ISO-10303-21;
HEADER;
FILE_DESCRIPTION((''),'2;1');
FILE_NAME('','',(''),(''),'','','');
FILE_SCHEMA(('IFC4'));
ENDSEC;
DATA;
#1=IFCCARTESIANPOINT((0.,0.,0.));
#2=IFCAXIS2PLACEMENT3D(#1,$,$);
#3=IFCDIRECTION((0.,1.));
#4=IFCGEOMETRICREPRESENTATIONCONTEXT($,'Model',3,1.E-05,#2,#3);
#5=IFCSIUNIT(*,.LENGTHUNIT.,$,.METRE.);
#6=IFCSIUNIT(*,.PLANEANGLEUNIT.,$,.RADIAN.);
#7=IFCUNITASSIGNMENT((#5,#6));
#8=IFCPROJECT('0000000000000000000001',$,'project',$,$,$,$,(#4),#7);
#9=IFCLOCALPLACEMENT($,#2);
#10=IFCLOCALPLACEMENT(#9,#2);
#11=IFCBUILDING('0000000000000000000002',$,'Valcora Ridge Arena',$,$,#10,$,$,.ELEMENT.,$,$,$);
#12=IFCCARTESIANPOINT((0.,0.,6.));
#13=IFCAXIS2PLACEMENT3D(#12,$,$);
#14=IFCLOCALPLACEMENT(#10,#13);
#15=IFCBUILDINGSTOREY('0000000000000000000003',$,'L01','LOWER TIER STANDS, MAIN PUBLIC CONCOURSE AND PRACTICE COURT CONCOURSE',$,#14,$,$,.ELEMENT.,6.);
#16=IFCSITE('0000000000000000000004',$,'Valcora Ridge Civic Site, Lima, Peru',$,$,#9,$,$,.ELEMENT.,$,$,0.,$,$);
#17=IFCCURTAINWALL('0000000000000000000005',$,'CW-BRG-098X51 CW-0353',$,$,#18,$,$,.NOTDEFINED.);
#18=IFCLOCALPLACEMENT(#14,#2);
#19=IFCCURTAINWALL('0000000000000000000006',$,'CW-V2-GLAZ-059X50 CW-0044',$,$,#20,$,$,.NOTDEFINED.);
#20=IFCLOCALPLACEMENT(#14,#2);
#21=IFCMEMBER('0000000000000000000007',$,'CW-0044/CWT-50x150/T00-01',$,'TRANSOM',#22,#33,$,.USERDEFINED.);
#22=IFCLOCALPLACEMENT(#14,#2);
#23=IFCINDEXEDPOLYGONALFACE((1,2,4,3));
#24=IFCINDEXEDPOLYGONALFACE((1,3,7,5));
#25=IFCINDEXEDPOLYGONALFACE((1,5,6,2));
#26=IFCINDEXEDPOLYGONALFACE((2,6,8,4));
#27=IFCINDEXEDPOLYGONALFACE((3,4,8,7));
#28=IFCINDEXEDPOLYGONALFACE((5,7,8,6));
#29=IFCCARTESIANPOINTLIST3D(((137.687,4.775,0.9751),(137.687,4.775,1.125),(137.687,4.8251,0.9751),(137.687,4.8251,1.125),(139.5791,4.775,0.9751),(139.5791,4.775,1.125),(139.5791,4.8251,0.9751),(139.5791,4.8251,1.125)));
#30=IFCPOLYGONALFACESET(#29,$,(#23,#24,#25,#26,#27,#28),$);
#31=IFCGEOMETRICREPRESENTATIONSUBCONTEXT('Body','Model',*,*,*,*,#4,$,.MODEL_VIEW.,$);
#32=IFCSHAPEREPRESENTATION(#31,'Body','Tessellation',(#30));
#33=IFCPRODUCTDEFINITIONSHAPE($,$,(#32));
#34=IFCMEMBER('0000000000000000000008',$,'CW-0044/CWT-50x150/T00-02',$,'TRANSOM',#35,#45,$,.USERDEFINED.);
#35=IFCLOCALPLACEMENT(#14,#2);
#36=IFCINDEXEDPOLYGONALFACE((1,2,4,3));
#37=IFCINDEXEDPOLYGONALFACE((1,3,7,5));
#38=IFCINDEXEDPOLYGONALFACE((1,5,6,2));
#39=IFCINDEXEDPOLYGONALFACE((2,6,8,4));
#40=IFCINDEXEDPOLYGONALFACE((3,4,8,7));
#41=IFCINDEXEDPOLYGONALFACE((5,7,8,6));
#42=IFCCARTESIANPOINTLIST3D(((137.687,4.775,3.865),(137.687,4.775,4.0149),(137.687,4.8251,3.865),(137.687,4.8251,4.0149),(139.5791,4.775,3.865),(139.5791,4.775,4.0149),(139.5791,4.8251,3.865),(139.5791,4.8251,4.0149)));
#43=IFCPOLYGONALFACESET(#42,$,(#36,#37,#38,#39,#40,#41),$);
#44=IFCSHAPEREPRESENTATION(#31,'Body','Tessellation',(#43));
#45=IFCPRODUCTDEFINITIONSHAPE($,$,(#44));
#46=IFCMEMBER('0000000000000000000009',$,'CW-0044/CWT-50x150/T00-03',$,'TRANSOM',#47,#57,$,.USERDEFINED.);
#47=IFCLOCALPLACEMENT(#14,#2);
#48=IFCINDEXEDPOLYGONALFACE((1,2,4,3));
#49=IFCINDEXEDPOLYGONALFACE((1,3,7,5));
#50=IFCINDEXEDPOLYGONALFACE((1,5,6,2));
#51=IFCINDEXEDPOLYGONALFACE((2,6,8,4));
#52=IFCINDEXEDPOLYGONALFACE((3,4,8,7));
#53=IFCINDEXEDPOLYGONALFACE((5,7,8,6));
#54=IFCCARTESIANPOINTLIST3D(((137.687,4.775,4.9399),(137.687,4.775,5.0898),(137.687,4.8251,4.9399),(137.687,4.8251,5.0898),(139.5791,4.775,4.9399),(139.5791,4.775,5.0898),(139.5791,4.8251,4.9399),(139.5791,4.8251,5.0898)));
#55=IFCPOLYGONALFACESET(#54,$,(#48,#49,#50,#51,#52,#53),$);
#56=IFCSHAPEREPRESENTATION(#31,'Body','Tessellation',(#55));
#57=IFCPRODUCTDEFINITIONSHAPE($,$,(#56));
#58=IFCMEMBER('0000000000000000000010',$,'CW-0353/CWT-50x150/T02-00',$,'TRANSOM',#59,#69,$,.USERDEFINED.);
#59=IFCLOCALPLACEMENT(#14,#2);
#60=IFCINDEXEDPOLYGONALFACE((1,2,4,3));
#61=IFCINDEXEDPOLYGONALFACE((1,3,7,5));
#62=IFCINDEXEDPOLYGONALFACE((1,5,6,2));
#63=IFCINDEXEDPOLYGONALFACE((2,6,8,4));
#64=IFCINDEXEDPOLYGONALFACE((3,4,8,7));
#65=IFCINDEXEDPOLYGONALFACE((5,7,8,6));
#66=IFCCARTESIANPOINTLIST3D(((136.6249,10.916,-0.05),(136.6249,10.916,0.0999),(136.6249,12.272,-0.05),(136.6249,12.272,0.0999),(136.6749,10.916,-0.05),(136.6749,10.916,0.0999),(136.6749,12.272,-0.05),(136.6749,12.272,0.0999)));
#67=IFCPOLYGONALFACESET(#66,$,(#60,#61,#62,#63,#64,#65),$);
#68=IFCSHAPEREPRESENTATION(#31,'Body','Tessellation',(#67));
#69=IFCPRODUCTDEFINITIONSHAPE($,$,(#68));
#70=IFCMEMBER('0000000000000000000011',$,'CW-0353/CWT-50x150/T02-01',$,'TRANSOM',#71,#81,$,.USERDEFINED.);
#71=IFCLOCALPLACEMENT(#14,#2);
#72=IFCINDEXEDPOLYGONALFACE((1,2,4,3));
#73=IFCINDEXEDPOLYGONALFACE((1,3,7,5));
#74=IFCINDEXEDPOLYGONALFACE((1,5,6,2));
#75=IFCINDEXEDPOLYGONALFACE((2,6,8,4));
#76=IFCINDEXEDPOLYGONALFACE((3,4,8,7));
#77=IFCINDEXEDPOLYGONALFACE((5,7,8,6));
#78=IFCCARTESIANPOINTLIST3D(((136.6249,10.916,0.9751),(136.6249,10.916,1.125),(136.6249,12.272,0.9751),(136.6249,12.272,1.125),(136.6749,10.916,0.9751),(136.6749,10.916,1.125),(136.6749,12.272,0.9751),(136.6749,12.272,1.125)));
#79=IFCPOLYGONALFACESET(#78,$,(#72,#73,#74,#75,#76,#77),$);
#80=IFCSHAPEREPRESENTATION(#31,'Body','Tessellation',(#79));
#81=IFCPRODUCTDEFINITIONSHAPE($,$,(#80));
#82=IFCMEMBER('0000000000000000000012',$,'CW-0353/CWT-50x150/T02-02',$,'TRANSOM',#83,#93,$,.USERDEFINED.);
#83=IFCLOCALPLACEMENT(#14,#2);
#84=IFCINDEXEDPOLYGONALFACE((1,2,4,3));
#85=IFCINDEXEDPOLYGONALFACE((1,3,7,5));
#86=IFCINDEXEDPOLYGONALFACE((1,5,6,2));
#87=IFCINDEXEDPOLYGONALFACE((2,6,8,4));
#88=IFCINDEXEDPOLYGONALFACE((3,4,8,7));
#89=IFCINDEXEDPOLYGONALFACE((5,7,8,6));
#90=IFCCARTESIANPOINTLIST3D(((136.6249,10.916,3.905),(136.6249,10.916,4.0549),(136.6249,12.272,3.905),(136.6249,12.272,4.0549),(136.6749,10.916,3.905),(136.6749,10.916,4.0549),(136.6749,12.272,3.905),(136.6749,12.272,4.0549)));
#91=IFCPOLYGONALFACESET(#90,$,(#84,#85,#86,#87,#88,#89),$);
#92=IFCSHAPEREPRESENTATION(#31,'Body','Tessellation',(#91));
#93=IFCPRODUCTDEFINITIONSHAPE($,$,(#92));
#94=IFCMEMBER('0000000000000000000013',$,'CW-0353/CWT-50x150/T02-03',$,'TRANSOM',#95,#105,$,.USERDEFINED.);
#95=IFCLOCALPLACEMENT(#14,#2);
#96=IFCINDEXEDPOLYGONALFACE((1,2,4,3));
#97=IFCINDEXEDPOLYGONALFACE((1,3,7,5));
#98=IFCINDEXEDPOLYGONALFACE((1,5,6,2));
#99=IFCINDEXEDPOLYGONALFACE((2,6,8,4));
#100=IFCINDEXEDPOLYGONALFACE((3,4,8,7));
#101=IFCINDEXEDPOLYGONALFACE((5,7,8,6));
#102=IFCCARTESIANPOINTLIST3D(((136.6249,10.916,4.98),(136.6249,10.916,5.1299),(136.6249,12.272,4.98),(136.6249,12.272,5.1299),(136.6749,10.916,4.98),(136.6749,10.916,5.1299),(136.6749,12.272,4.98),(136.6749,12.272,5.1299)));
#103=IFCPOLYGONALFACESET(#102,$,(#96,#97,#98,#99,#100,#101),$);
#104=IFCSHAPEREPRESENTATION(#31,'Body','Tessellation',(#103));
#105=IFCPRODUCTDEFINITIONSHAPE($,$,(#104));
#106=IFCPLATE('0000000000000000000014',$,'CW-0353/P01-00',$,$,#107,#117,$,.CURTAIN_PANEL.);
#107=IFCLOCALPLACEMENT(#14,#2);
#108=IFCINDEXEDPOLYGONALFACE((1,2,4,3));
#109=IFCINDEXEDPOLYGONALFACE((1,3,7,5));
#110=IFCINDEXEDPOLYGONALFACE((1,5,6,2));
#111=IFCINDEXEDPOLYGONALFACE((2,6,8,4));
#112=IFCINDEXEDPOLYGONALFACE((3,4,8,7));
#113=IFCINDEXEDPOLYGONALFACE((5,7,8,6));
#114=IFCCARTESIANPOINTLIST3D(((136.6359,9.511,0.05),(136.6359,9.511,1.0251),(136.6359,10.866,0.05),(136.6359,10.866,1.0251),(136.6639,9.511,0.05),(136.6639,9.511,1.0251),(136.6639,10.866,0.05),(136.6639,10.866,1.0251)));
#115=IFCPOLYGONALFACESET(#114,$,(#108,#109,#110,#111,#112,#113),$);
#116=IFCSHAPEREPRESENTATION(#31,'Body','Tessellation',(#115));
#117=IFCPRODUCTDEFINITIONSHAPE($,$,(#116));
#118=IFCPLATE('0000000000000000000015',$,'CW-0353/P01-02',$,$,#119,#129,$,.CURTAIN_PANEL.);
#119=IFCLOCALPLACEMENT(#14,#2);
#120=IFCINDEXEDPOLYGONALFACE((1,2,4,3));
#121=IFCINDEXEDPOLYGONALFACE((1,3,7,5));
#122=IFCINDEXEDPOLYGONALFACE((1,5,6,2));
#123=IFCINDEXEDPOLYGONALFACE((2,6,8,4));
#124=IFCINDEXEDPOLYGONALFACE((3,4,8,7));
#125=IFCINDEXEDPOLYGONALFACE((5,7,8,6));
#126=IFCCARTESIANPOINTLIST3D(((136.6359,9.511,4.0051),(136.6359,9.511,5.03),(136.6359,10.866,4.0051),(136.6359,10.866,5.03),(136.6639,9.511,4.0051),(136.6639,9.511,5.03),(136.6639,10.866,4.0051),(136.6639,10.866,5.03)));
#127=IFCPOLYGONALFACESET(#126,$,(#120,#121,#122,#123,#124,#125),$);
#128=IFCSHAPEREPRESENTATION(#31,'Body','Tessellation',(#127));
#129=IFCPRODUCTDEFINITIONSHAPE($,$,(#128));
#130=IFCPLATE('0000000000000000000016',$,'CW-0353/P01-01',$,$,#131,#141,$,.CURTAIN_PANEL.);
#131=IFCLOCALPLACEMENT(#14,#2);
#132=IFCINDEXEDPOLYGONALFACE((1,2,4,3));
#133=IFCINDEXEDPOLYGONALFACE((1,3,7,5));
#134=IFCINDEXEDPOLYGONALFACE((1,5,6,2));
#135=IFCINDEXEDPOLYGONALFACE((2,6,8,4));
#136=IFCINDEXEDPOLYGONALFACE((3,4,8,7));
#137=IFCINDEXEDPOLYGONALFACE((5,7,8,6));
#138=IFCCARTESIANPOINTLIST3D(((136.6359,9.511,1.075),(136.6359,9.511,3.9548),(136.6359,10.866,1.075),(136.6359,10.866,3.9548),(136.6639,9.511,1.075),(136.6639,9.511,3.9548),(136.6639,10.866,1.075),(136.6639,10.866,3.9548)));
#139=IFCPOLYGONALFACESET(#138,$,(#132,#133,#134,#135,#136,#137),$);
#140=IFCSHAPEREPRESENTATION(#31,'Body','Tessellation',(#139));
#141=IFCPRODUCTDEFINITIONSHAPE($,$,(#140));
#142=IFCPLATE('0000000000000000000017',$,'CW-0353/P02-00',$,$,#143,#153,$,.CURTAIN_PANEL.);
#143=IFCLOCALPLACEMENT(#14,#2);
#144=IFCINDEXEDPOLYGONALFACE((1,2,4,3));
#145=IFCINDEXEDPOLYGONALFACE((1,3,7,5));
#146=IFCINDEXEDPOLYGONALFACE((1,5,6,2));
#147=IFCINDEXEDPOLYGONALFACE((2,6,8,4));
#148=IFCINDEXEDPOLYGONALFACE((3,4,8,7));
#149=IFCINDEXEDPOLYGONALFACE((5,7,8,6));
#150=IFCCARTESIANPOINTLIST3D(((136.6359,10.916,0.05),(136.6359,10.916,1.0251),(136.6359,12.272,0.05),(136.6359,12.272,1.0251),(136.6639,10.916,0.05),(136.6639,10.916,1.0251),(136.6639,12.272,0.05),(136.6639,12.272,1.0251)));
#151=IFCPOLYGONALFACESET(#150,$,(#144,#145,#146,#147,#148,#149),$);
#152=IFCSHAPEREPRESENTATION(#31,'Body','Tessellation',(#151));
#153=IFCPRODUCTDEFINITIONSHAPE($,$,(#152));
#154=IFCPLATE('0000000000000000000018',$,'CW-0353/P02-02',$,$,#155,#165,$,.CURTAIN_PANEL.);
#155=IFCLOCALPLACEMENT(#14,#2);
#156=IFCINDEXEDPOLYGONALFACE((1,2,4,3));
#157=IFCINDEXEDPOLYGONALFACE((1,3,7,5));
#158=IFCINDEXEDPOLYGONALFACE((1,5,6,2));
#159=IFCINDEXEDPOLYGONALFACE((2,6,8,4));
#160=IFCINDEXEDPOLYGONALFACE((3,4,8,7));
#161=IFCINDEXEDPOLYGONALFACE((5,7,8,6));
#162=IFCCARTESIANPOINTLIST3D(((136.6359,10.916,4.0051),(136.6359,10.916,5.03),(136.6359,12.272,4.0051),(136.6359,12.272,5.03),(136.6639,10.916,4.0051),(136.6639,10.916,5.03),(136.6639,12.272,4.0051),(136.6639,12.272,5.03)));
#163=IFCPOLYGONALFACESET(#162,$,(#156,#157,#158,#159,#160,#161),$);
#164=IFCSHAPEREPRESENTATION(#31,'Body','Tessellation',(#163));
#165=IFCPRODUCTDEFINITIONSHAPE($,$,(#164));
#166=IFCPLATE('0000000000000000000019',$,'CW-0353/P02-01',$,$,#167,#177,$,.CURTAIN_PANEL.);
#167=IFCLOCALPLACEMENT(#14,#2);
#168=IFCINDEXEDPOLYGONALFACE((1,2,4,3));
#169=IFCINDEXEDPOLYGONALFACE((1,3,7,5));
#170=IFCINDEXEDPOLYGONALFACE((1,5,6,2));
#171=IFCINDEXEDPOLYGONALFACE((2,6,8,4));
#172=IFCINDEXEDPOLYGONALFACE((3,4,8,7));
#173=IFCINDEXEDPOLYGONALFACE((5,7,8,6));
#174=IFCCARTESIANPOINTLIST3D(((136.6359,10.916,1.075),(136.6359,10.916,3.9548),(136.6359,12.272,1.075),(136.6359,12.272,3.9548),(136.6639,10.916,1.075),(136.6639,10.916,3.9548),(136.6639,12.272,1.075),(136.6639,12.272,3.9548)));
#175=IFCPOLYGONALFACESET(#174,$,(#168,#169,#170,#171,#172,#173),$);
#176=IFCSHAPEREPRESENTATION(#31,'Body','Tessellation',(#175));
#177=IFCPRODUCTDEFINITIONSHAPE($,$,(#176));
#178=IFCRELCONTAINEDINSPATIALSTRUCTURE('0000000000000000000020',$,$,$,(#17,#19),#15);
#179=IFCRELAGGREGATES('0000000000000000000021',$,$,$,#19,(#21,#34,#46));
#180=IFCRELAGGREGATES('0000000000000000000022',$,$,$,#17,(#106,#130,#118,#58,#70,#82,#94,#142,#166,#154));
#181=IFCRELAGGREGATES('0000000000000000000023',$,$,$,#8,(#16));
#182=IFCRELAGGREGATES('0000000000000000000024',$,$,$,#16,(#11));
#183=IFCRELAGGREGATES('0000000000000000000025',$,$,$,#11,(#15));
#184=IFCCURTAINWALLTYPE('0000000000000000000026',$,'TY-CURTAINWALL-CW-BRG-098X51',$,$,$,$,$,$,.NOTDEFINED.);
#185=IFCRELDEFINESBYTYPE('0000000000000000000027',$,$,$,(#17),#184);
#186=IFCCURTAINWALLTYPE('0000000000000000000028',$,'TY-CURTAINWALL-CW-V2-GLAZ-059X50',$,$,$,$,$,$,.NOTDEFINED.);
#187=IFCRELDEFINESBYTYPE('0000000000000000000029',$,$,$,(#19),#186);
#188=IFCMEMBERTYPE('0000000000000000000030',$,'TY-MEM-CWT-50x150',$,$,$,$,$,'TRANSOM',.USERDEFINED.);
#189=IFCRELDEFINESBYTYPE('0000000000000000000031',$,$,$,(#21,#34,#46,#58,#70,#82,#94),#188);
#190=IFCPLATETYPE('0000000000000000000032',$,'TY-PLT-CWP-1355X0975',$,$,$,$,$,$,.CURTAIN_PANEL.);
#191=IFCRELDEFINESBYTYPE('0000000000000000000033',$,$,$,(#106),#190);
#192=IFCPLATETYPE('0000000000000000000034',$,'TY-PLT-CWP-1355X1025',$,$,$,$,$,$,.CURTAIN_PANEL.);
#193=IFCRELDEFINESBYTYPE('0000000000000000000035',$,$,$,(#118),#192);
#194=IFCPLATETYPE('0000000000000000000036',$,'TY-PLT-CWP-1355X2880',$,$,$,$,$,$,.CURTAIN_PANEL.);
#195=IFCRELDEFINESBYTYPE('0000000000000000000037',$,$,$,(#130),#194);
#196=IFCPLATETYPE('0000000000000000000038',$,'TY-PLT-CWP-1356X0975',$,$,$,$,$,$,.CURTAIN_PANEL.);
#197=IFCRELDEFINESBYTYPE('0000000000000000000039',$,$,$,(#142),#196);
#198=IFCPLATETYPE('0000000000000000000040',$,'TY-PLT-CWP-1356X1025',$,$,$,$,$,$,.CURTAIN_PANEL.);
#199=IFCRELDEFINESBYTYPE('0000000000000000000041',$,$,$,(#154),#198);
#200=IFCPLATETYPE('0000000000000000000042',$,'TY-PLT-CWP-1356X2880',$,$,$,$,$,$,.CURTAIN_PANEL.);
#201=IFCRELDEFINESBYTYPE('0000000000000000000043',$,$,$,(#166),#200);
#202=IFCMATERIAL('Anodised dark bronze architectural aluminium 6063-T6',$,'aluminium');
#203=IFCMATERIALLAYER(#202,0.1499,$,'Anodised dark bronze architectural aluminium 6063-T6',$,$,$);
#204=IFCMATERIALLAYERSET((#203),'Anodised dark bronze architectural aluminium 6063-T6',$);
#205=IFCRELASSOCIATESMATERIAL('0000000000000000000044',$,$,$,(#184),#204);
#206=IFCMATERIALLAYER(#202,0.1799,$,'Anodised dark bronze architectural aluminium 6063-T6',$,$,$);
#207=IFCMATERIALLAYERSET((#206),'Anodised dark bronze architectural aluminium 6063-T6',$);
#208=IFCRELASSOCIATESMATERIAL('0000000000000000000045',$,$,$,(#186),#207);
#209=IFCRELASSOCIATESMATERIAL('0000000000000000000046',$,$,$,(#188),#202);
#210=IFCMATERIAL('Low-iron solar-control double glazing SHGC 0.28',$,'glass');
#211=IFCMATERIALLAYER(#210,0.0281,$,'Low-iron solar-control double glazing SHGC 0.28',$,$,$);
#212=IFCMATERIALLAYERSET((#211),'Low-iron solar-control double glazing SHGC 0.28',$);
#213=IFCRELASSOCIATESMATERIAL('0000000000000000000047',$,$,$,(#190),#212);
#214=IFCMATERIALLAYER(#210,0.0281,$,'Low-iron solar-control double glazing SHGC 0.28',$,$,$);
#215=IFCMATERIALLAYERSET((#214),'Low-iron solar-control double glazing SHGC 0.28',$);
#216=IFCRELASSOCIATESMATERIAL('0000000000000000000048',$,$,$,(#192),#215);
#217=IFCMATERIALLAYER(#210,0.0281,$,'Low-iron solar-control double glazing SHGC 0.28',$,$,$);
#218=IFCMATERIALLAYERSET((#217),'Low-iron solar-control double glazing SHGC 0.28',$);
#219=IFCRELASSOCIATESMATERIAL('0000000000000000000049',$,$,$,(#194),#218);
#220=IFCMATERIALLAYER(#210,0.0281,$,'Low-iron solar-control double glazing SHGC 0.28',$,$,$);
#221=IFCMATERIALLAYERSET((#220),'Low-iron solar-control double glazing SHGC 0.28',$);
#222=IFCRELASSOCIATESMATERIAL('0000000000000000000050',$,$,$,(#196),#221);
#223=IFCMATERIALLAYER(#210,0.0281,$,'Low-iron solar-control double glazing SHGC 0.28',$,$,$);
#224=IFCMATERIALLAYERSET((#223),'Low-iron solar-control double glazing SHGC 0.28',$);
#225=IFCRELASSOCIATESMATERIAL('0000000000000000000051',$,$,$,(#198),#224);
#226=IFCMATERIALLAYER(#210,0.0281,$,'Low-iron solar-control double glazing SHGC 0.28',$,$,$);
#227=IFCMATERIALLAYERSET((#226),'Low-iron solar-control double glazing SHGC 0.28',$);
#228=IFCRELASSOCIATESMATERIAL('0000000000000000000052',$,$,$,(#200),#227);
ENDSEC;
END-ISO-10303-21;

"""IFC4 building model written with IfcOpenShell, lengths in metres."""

from ifc_helpers import new_model, si_unit, direction, frame, origin, origin_2d, place, context, subcontext, project, spatial, rectangle, extrude, material, layer, layer_set, material_profile, profile_set, type_object, element, aggregate, save


model = new_model("IFC4")

# Units and contexts
model_context = context("Model", 3, precision=1e-05, world=origin(), true_north=direction((0.0, 1.0)))
body_context = subcontext(model_context, "Body", "Model", "MODEL_VIEW")
ifc_project = project(units=[si_unit("LENGTHUNIT", "METRE"), si_unit("PLANEANGLEUNIT", "RADIAN")], contexts=[model_context])

# Site, building, storey
site_placement = place(None, origin())
site = spatial("IfcSite", under=ifc_project, at=site_placement, Name="Valcora Ridge Civic Site, Lima, Peru", CompositionType="ELEMENT", RefElevation=0.0)
building_placement = place(site_placement, origin())
building = spatial("IfcBuilding", under=site, at=building_placement, Name="Valcora Ridge Arena", CompositionType="ELEMENT")
storey_placement = place(building_placement, frame((0.0, 0.0, 6.0)))
storey = spatial("IfcBuildingStorey", under=building, at=storey_placement, Name="L01", Description="LOWER TIER STANDS, MAIN PUBLIC CONCOURSE AND PRACTICE COURT CONCOURSE", CompositionType="ELEMENT", Elevation=6.0)

# Curtain wall
ifc_material_1 = material(Name="Anodised dark bronze architectural aluminium 6063-T6", Category="aluminium")
ifc_layer_1 = layer(ifc_material_1, 0.1499, Name="Anodised dark bronze architectural aluminium 6063-T6")
ifc_layer_set_1 = layer_set([ifc_layer_1], Name="Anodised dark bronze architectural aluminium 6063-T6")
curtain_wall_type_1 = type_object("IfcCurtainWallType", Name="TY-CURTAINWALL-CW-BRG-098X51", PredefinedType="NOTDEFINED", material=ifc_layer_set_1)
curtain_wall_1_placement = place(storey_placement, origin())
curtain_wall_1 = element("IfcCurtainWall", 1, at=curtain_wall_1_placement, inside=storey, type_object=curtain_wall_type_1, Name="CW-BRG-098X51 CW-0353", PredefinedType="NOTDEFINED")

# Curtain wall, members
ifc_layer_2 = layer(ifc_material_1, 0.1799, Name="Anodised dark bronze architectural aluminium 6063-T6")
ifc_layer_set_2 = layer_set([ifc_layer_2], Name="Anodised dark bronze architectural aluminium 6063-T6")
curtain_wall_type_2 = type_object("IfcCurtainWallType", Name="TY-CURTAINWALL-CW-V2-GLAZ-059X50", PredefinedType="NOTDEFINED", material=ifc_layer_set_2)
curtain_wall_2_placement = place(storey_placement, origin())
curtain_wall_2 = element("IfcCurtainWall", 2, at=curtain_wall_2_placement, inside=storey, type_object=curtain_wall_type_2, Name="CW-V2-GLAZ-059X50 CW-0044", PredefinedType="NOTDEFINED")
ifc_material_profile_1 = material_profile(ifc_material_1, rectangle(XDim=0.05, YDim=0.1499, at=origin_2d()), Name="ALU TRANSOM 50x150")
ifc_profile_set_1 = profile_set([ifc_material_profile_1], Name="Anodised dark bronze architectural aluminium 6063-T6")
member_type_1 = type_object("IfcMemberType", Name="TY-MEM-CWT-50x150", ElementType="TRANSOM", PredefinedType="USERDEFINED", material=ifc_profile_set_1)
member_1_placement = place(storey_placement, frame((137.687, 4.8, 1.05), z_axis=(1.0, 0.0, 0.0), x_axis=(0.0, 1.0, 0.0)))
member_1 = element("IfcMember", 3, at=member_1_placement, type_object=member_type_1, Name="CW-0044/CWT-50x150/T00-01", ObjectType="TRANSOM", PredefinedType="USERDEFINED", context=body_context, shape_type="SweptSolid", body=[
    extrude(rectangle(XDim=0.05, YDim=0.1499, at=origin_2d()), origin(), (0.0, 0.0, 1.0), 1.8921),
])
member_2_placement = place(storey_placement, frame((137.687, 4.8, 3.9399), z_axis=(1.0, 0.0, 0.0), x_axis=(0.0, 1.0, 0.0)))
member_2 = element("IfcMember", 4, at=member_2_placement, type_object=member_type_1, Name="CW-0044/CWT-50x150/T00-02", ObjectType="TRANSOM", PredefinedType="USERDEFINED", context=body_context, shape_type="SweptSolid", body=[
    extrude(rectangle(XDim=0.05, YDim=0.1499, at=origin_2d()), origin(), (0.0, 0.0, 1.0), 1.8921),
])
member_3_placement = place(storey_placement, frame((137.687, 4.8, 5.0149), z_axis=(1.0, 0.0, 0.0), x_axis=(0.0, 1.0, 0.0)))
member_3 = element("IfcMember", 5, at=member_3_placement, type_object=member_type_1, Name="CW-0044/CWT-50x150/T00-03", ObjectType="TRANSOM", PredefinedType="USERDEFINED", context=body_context, shape_type="SweptSolid", body=[
    extrude(rectangle(XDim=0.05, YDim=0.1499, at=origin_2d()), origin(), (0.0, 0.0, 1.0), 1.8921),
])
aggregate(curtain_wall_2, [member_1, member_2, member_3])

# Members
member_4_placement = place(storey_placement, frame((136.6499, 10.916, 0.0249), z_axis=(0.0, 1.0, 0.0), x_axis=(-1.0, 0.0, 0.0)))
member_4 = element("IfcMember", 6, at=member_4_placement, type_object=member_type_1, Name="CW-0353/CWT-50x150/T02-00", ObjectType="TRANSOM", PredefinedType="USERDEFINED", context=body_context, shape_type="SweptSolid", body=[
    extrude(rectangle(XDim=0.05, YDim=0.1499, at=origin_2d()), origin(), (0.0, 0.0, 1.0), 1.356),
])
member_5_placement = place(storey_placement, frame((136.6499, 10.916, 1.05), z_axis=(0.0, 1.0, 0.0), x_axis=(-1.0, 0.0, 0.0)))
member_5 = element("IfcMember", 7, at=member_5_placement, type_object=member_type_1, Name="CW-0353/CWT-50x150/T02-01", ObjectType="TRANSOM", PredefinedType="USERDEFINED", context=body_context, shape_type="SweptSolid", body=[
    extrude(rectangle(XDim=0.05, YDim=0.1499, at=origin_2d()), origin(), (0.0, 0.0, 1.0), 1.356),
])
member_6_placement = place(storey_placement, frame((136.6499, 10.916, 3.98), z_axis=(0.0, 1.0, 0.0), x_axis=(-1.0, 0.0, 0.0)))
member_6 = element("IfcMember", 8, at=member_6_placement, type_object=member_type_1, Name="CW-0353/CWT-50x150/T02-02", ObjectType="TRANSOM", PredefinedType="USERDEFINED", context=body_context, shape_type="SweptSolid", body=[
    extrude(rectangle(XDim=0.05, YDim=0.1499, at=origin_2d()), origin(), (0.0, 0.0, 1.0), 1.356),
])
member_7_placement = place(storey_placement, frame((136.6499, 10.916, 5.0549), z_axis=(0.0, 1.0, 0.0), x_axis=(-1.0, 0.0, 0.0)))
member_7 = element("IfcMember", 9, at=member_7_placement, type_object=member_type_1, Name="CW-0353/CWT-50x150/T02-03", ObjectType="TRANSOM", PredefinedType="USERDEFINED", context=body_context, shape_type="SweptSolid", body=[
    extrude(rectangle(XDim=0.05, YDim=0.1499, at=origin_2d()), origin(), (0.0, 0.0, 1.0), 1.356),
])

# Plates
ifc_material_2 = material(Name="Low-iron solar-control double glazing SHGC 0.28", Category="glass")
ifc_layer_3 = layer(ifc_material_2, 0.0281, Name="Low-iron solar-control double glazing SHGC 0.28")
ifc_layer_set_3 = layer_set([ifc_layer_3], Name="Low-iron solar-control double glazing SHGC 0.28")
plate_type_1 = type_object("IfcPlateType", Name="TY-PLT-CWP-1355X0975", PredefinedType="CURTAIN_PANEL", material=ifc_layer_set_3)
plate_1_placement = place(storey_placement, frame((136.6499, 10.1885, 0.05), z_axis=(0.0, 0.0, 1.0), x_axis=(0.0, 1.0, 0.0)))
plate_1 = element("IfcPlate", 10, at=plate_1_placement, type_object=plate_type_1, Name="CW-0353/P01-00", PredefinedType="CURTAIN_PANEL", context=body_context, shape_type="SweptSolid", body=[
    extrude(rectangle(XDim=1.355, YDim=0.0281, at=origin_2d()), origin(), (0.0, 0.0, 1.0), 0.9751),
])
ifc_layer_4 = layer(ifc_material_2, 0.0281, Name="Low-iron solar-control double glazing SHGC 0.28")
ifc_layer_set_4 = layer_set([ifc_layer_4], Name="Low-iron solar-control double glazing SHGC 0.28")
plate_type_2 = type_object("IfcPlateType", Name="TY-PLT-CWP-1355X1025", PredefinedType="CURTAIN_PANEL", material=ifc_layer_set_4)
plate_2_placement = place(storey_placement, frame((136.6499, 10.1885, 4.0051), z_axis=(0.0, 0.0, 1.0), x_axis=(0.0, 1.0, 0.0)))
plate_2 = element("IfcPlate", 11, at=plate_2_placement, type_object=plate_type_2, Name="CW-0353/P01-02", PredefinedType="CURTAIN_PANEL", context=body_context, shape_type="SweptSolid", body=[
    extrude(rectangle(XDim=1.355, YDim=0.0281, at=origin_2d()), origin(), (0.0, 0.0, 1.0), 1.0249),
])
ifc_layer_5 = layer(ifc_material_2, 0.0281, Name="Low-iron solar-control double glazing SHGC 0.28")
ifc_layer_set_5 = layer_set([ifc_layer_5], Name="Low-iron solar-control double glazing SHGC 0.28")
plate_type_3 = type_object("IfcPlateType", Name="TY-PLT-CWP-1355X2880", PredefinedType="CURTAIN_PANEL", material=ifc_layer_set_5)
plate_3_placement = place(storey_placement, frame((136.6499, 10.1885, 1.075), z_axis=(0.0, 0.0, 1.0), x_axis=(0.0, 1.0, 0.0)))
plate_3 = element("IfcPlate", 12, at=plate_3_placement, type_object=plate_type_3, Name="CW-0353/P01-01", PredefinedType="CURTAIN_PANEL", context=body_context, shape_type="SweptSolid", body=[
    extrude(rectangle(XDim=1.355, YDim=0.0281, at=origin_2d()), origin(), (0.0, 0.0, 1.0), 2.8799),
])
ifc_layer_6 = layer(ifc_material_2, 0.0281, Name="Low-iron solar-control double glazing SHGC 0.28")
ifc_layer_set_6 = layer_set([ifc_layer_6], Name="Low-iron solar-control double glazing SHGC 0.28")
plate_type_4 = type_object("IfcPlateType", Name="TY-PLT-CWP-1356X0975", PredefinedType="CURTAIN_PANEL", material=ifc_layer_set_6)
plate_4_placement = place(storey_placement, frame((136.6499, 11.594, 0.05), z_axis=(0.0, 0.0, 1.0), x_axis=(0.0, 1.0, 0.0)))
plate_4 = element("IfcPlate", 13, at=plate_4_placement, type_object=plate_type_4, Name="CW-0353/P02-00", PredefinedType="CURTAIN_PANEL", context=body_context, shape_type="SweptSolid", body=[
    extrude(rectangle(XDim=1.356, YDim=0.0281, at=origin_2d()), origin(), (0.0, 0.0, 1.0), 0.9751),
])
ifc_layer_7 = layer(ifc_material_2, 0.0281, Name="Low-iron solar-control double glazing SHGC 0.28")
ifc_layer_set_7 = layer_set([ifc_layer_7], Name="Low-iron solar-control double glazing SHGC 0.28")
plate_type_5 = type_object("IfcPlateType", Name="TY-PLT-CWP-1356X1025", PredefinedType="CURTAIN_PANEL", material=ifc_layer_set_7)
plate_5_placement = place(storey_placement, frame((136.6499, 11.594, 4.0051), z_axis=(0.0, 0.0, 1.0), x_axis=(0.0, 1.0, 0.0)))
plate_5 = element("IfcPlate", 14, at=plate_5_placement, type_object=plate_type_5, Name="CW-0353/P02-02", PredefinedType="CURTAIN_PANEL", context=body_context, shape_type="SweptSolid", body=[
    extrude(rectangle(XDim=1.356, YDim=0.0281, at=origin_2d()), origin(), (0.0, 0.0, 1.0), 1.0249),
])
ifc_layer_8 = layer(ifc_material_2, 0.0281, Name="Low-iron solar-control double glazing SHGC 0.28")
ifc_layer_set_8 = layer_set([ifc_layer_8], Name="Low-iron solar-control double glazing SHGC 0.28")
plate_type_6 = type_object("IfcPlateType", Name="TY-PLT-CWP-1356X2880", PredefinedType="CURTAIN_PANEL", material=ifc_layer_set_8)
plate_6_placement = place(storey_placement, frame((136.6499, 11.594, 1.075), z_axis=(0.0, 0.0, 1.0), x_axis=(0.0, 1.0, 0.0)))
plate_6 = element("IfcPlate", 15, at=plate_6_placement, type_object=plate_type_6, Name="CW-0353/P02-01", PredefinedType="CURTAIN_PANEL", context=body_context, shape_type="SweptSolid", body=[
    extrude(rectangle(XDim=1.356, YDim=0.0281, at=origin_2d()), origin(), (0.0, 0.0, 1.0), 2.8799),
])
aggregate(curtain_wall_1, [plate_1, plate_3, plate_2, member_4, member_5, member_6, member_7, plate_4, plate_6, plate_5])

save(model, "model.ifc")
